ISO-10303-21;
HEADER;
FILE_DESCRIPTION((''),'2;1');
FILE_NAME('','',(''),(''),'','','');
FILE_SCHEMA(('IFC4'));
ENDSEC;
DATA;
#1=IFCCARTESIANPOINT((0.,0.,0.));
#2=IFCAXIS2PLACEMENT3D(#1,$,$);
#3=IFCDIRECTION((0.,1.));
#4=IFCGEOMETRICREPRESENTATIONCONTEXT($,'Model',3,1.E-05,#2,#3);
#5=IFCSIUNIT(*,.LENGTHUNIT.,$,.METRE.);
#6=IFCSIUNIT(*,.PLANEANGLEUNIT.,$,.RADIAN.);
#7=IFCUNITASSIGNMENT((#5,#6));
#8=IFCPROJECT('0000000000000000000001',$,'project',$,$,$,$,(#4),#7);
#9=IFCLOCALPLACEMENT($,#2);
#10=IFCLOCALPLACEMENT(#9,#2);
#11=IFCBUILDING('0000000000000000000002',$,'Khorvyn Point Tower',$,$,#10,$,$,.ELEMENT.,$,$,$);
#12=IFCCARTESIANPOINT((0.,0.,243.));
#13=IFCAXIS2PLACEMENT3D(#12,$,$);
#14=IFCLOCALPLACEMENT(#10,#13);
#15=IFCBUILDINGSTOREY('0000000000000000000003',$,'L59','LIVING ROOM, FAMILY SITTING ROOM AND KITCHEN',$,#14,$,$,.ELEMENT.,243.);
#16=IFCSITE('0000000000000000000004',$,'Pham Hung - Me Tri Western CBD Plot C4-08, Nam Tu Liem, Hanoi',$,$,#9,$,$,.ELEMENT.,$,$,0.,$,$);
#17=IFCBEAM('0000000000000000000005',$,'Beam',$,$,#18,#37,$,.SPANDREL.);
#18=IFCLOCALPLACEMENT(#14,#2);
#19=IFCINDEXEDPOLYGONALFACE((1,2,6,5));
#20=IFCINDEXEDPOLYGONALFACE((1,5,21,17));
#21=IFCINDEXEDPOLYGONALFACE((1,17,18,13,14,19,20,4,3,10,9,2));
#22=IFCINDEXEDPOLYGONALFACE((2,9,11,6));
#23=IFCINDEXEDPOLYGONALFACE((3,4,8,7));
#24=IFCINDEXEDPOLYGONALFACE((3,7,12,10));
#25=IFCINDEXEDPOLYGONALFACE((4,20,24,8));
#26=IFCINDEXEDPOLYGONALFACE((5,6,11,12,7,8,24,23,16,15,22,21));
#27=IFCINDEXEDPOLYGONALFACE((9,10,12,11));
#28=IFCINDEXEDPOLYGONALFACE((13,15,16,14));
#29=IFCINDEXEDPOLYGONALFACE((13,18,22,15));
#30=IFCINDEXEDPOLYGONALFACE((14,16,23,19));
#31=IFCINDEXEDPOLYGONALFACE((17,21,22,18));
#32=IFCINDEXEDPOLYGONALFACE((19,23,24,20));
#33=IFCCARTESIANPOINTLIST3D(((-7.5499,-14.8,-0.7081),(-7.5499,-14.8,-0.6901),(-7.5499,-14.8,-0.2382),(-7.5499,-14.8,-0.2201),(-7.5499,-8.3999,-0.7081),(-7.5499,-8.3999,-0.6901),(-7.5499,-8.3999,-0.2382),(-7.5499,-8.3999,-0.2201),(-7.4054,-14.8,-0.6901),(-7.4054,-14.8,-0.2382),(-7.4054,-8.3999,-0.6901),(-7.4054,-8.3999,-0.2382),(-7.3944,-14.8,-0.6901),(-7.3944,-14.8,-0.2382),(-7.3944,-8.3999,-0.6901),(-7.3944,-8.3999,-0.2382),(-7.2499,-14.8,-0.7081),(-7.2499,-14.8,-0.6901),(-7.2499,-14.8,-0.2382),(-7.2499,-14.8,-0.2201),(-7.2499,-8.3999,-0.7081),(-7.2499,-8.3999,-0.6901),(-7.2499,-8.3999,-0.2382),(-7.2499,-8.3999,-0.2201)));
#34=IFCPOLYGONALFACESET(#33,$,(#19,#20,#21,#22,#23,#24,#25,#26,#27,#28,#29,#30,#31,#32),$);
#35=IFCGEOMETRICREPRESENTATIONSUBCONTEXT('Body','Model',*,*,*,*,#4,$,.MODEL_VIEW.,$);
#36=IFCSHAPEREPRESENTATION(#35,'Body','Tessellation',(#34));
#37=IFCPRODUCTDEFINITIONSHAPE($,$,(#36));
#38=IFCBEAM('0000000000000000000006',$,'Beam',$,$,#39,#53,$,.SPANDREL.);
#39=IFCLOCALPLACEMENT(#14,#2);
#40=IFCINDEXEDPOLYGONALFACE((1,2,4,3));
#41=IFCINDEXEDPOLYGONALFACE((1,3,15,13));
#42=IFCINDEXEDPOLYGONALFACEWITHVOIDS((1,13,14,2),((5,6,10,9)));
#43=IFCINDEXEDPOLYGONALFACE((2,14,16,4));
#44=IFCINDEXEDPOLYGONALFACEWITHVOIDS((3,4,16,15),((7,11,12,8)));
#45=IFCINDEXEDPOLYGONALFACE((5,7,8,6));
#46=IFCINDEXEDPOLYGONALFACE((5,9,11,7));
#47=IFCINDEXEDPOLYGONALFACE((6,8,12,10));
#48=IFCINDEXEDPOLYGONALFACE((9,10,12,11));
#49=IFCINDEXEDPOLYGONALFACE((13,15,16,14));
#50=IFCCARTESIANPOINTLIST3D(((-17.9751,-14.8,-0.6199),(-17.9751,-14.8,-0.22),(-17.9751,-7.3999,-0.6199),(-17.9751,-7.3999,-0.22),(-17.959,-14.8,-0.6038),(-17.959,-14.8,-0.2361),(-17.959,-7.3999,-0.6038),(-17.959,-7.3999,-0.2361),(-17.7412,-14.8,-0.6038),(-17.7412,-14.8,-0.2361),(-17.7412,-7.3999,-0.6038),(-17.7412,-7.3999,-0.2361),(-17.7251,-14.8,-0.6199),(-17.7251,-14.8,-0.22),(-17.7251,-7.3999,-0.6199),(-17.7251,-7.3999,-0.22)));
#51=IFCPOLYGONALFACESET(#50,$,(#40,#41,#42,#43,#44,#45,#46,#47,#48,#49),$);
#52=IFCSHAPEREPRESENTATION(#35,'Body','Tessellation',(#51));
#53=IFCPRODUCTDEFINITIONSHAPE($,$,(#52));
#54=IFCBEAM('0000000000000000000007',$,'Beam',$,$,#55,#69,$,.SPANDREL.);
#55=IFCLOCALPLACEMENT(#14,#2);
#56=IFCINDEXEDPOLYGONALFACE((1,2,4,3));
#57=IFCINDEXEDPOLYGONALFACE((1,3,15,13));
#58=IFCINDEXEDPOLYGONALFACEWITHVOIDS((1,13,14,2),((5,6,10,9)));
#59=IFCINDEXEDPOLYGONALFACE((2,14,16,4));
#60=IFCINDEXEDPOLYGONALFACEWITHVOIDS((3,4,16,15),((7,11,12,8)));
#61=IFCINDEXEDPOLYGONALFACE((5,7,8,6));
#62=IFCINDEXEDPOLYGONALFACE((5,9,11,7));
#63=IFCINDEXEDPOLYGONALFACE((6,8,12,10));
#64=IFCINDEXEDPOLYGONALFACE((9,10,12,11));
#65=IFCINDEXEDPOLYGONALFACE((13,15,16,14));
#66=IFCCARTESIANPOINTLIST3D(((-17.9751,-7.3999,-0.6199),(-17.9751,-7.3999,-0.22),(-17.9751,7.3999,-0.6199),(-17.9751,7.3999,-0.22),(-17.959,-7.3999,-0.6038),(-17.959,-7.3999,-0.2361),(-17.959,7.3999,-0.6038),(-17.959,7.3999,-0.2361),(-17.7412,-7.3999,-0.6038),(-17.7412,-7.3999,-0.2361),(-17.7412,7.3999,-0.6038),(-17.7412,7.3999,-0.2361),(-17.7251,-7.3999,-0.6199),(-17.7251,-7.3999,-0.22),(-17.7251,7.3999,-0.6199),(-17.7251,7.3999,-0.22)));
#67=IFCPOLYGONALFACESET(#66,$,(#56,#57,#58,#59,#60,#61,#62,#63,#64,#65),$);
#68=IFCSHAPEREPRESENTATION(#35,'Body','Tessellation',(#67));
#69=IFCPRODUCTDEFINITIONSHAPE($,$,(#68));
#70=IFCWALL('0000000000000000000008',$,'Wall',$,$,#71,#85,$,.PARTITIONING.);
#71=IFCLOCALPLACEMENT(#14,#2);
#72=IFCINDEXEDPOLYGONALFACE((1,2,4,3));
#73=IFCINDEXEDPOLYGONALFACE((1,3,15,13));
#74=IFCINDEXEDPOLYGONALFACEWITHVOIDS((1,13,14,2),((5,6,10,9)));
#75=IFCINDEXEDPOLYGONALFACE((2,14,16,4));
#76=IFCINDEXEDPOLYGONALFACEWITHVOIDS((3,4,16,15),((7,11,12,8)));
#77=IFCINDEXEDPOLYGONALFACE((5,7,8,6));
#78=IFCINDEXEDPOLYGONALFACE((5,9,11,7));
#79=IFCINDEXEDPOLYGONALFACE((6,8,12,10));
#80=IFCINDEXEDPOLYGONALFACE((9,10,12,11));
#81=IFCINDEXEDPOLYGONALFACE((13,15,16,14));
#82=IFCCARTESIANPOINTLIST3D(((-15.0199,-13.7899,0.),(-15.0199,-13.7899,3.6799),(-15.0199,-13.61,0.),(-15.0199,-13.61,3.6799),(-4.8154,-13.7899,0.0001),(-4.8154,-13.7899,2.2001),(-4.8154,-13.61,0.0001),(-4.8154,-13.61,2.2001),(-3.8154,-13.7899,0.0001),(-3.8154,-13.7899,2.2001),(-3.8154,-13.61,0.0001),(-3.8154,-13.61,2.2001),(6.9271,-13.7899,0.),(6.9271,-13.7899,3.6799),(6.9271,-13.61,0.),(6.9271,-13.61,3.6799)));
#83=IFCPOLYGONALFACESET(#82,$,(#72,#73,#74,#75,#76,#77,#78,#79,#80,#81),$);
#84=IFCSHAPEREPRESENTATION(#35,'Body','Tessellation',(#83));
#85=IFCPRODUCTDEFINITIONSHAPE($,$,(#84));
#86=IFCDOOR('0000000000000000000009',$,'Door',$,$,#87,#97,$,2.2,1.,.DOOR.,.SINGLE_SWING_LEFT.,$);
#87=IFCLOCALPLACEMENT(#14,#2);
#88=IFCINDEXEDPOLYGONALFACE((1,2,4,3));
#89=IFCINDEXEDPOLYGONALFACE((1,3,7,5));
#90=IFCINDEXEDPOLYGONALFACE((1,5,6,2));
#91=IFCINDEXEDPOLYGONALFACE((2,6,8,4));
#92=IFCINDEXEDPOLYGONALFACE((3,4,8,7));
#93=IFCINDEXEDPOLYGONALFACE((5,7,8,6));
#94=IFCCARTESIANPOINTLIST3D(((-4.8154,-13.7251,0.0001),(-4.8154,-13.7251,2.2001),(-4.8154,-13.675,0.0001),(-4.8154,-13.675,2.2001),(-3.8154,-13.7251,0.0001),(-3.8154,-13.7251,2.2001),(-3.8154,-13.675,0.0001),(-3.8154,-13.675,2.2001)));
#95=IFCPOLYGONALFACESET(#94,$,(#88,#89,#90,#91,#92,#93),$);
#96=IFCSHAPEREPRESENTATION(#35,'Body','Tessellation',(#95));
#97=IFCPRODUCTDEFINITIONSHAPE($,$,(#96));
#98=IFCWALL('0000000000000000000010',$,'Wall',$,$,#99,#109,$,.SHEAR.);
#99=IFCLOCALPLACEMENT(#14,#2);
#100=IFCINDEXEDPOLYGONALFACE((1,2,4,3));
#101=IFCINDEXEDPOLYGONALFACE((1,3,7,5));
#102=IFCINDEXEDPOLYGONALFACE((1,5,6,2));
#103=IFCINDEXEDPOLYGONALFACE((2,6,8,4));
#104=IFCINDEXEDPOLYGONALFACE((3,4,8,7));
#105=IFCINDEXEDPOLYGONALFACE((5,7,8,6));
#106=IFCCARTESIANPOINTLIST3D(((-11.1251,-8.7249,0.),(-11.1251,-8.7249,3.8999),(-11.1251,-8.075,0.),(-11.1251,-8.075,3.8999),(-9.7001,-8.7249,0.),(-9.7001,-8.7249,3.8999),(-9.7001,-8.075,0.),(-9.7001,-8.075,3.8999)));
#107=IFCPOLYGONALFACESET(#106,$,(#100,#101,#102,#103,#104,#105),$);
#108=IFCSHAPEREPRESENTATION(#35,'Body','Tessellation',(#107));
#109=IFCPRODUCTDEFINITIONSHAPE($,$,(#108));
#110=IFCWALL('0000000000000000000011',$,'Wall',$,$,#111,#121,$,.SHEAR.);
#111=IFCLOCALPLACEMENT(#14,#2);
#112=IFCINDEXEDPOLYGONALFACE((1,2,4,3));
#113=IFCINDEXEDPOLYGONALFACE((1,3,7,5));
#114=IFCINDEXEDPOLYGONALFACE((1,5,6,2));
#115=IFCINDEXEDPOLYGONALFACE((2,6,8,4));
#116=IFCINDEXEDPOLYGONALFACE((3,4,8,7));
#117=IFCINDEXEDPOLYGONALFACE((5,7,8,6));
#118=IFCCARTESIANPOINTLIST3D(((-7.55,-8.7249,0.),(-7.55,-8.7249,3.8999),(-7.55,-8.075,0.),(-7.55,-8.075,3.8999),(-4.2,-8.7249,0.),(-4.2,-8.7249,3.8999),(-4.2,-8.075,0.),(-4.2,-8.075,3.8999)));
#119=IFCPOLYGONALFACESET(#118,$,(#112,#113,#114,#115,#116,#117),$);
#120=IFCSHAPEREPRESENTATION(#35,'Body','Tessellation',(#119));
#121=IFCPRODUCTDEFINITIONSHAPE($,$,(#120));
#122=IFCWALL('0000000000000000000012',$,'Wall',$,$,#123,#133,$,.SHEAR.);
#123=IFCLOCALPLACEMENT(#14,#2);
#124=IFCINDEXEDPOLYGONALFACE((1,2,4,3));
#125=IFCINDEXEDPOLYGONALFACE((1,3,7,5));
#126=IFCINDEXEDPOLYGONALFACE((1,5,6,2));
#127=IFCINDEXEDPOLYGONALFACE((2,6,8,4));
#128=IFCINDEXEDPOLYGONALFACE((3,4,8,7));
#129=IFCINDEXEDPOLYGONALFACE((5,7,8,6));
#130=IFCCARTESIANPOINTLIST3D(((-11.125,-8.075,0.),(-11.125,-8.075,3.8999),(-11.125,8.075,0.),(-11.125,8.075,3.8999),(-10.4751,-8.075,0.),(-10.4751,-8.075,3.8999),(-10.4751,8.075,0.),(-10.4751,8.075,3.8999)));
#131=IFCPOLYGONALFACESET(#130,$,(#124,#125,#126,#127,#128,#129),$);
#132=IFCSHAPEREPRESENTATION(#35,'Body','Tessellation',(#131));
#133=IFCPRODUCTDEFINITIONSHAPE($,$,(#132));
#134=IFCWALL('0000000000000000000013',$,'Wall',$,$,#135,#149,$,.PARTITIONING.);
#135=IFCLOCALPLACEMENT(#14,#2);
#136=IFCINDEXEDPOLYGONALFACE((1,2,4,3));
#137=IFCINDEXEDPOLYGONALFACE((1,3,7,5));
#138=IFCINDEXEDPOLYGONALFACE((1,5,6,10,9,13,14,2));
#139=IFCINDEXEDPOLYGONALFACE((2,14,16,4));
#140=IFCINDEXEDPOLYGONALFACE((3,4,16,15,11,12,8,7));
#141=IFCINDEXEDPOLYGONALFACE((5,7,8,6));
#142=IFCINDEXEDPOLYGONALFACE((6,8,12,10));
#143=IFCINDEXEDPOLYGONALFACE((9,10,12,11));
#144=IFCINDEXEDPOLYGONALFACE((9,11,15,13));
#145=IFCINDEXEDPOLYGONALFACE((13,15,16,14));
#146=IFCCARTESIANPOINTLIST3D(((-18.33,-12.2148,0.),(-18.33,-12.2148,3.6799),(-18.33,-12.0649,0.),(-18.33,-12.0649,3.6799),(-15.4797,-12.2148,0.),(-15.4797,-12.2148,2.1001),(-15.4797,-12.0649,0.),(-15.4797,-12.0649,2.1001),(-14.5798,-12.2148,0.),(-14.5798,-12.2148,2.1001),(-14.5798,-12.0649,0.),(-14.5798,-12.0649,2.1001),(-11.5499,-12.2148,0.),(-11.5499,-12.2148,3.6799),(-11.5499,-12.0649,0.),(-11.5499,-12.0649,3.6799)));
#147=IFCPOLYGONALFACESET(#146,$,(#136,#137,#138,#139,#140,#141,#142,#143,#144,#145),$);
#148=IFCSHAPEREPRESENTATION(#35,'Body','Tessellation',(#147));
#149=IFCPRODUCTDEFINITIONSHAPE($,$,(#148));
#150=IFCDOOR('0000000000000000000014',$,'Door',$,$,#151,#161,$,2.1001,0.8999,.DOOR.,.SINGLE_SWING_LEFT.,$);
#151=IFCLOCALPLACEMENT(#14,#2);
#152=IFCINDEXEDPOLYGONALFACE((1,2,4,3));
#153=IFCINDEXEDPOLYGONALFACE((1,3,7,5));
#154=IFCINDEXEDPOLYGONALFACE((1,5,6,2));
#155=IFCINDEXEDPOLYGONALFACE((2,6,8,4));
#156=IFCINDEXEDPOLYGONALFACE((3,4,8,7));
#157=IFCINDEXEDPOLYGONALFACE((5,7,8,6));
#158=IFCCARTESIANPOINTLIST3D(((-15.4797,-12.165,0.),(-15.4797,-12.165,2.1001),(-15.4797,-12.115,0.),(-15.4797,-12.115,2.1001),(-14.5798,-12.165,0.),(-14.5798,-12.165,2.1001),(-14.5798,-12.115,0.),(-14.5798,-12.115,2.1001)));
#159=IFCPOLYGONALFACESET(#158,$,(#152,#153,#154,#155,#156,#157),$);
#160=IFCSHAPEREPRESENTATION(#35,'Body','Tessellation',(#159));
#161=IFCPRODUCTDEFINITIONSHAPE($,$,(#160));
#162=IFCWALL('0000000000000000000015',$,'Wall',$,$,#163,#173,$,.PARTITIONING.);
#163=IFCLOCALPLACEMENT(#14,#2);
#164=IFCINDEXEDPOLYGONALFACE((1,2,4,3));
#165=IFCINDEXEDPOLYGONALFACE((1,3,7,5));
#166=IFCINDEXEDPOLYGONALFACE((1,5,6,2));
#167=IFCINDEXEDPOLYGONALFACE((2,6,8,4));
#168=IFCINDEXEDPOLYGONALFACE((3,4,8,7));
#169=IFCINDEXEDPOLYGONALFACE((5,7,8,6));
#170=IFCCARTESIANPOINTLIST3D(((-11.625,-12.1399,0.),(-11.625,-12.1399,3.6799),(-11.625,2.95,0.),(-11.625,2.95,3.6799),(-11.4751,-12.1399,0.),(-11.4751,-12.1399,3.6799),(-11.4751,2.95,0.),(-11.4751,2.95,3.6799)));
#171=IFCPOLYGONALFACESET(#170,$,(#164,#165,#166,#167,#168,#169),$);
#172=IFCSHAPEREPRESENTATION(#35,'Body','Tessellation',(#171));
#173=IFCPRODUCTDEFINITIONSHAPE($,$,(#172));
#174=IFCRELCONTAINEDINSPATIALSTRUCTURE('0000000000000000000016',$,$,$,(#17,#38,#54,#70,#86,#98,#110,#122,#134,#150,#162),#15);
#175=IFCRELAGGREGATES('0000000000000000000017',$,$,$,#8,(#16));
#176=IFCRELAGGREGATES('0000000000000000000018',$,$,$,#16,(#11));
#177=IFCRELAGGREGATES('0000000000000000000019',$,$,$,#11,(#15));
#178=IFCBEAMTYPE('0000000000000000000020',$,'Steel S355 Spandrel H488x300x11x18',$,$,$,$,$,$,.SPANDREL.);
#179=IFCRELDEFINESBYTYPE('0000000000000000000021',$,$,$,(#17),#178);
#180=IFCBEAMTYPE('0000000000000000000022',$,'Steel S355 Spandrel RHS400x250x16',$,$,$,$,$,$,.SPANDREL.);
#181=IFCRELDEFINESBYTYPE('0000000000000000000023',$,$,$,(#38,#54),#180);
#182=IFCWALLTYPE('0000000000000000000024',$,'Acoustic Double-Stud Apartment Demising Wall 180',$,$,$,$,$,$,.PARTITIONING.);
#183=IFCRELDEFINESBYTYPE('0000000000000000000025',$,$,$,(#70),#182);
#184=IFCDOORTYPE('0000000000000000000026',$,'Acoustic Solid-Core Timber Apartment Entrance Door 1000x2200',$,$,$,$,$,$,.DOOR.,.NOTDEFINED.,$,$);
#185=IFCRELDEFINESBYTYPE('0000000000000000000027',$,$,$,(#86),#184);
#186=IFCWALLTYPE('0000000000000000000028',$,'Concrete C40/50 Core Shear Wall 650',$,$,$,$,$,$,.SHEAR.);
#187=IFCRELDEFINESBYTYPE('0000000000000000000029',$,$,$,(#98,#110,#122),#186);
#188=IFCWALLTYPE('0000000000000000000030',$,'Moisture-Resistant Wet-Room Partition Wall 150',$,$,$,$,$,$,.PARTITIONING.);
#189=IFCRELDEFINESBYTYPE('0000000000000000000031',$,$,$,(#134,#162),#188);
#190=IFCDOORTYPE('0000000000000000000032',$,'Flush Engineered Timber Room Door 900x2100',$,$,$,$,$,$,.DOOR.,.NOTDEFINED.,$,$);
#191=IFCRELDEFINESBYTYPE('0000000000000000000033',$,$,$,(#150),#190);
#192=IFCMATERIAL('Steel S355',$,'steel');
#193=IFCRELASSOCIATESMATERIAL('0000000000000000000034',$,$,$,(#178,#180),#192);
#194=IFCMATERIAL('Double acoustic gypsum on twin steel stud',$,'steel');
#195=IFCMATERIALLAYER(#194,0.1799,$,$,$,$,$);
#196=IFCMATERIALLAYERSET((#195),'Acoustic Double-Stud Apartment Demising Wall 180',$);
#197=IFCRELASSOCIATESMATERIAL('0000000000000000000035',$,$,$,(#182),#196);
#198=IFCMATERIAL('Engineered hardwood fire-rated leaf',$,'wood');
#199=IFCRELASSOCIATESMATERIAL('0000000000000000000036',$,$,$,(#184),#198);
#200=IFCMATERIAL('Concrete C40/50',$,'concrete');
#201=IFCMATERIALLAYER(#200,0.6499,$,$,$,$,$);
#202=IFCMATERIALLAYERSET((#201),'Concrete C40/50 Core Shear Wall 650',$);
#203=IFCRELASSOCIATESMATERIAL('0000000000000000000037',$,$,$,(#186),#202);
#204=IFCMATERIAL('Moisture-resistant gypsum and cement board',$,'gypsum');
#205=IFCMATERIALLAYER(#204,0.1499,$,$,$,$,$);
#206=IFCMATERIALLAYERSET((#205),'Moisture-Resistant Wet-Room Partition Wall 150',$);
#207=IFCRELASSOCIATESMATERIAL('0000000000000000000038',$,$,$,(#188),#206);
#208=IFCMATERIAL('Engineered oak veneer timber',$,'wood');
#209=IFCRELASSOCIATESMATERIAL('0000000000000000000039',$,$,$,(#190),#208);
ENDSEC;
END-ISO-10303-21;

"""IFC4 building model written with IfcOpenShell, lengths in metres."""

from ifc_helpers import new_model, si_unit, direction, frame, frame_2d, origin, origin_2d, place, context, subcontext, project, spatial, rectangle, hollow_rectangle, i_section, extrude, material, layer, layer_set, material_profile, profile_set, type_object, element, fill, save


model = new_model("IFC4")

# Units and contexts
model_context = context("Model", 3, precision=1e-05, world=origin(), true_north=direction((0.0, 1.0)))
body_context = subcontext(model_context, "Body", "Model", "MODEL_VIEW")
ifc_project = project(units=[si_unit("LENGTHUNIT", "METRE"), si_unit("PLANEANGLEUNIT", "RADIAN")], contexts=[model_context])

# Site, building, storey
site_placement = place(None, origin())
site = spatial("IfcSite", under=ifc_project, at=site_placement, Name="Pham Hung - Me Tri Western CBD Plot C4-08, Nam Tu Liem, Hanoi", CompositionType="ELEMENT", RefElevation=0.0)
building_placement = place(site_placement, origin())
building = spatial("IfcBuilding", under=site, at=building_placement, Name="Khorvyn Point Tower", CompositionType="ELEMENT")
storey_placement = place(building_placement, frame((0.0, 0.0, 243.0)))
storey = spatial("IfcBuildingStorey", under=building, at=storey_placement, Name="L59", Description="LIVING ROOM, FAMILY SITTING ROOM AND KITCHEN", CompositionType="ELEMENT", Elevation=243.0)

# Shared definitions
ifc_material_1 = material(Name="Concrete C40/50", Category="concrete")

# Beams
ifc_material_2 = material(Name="Steel S355", Category="steel")
ifc_material_profile_1 = material_profile(ifc_material_2, i_section(OverallWidth=0.3, OverallDepth=0.488, WebThickness=0.011, FlangeThickness=0.0181, at=origin_2d()))
ifc_profile_set_1 = profile_set([ifc_material_profile_1], Name="Steel S355 H488x300x11x18")
beam_type_1 = type_object("IfcBeamType", Name="Steel S355 Spandrel H488x300x11x18", PredefinedType="SPANDREL", material=ifc_profile_set_1)
beam_1_placement = place(storey_placement, frame((-7.3999, -14.8, -0.4641), z_axis=(0.0, 1.0, 0.0), x_axis=(-1.0, 0.0, 0.0)))
element("IfcBeam", 1, at=beam_1_placement, inside=storey, type_object=beam_type_1, Name="Beam", PredefinedType="SPANDREL", context=body_context, shape_type="SweptSolid", body=[
    extrude(i_section(OverallWidth=0.3, OverallDepth=0.488, WebThickness=0.011, FlangeThickness=0.0181, at=origin_2d()), origin(), (0.0, 0.0, 1.0), 6.4001),
])
ifc_material_profile_2 = material_profile(ifc_material_2, hollow_rectangle(XDim=0.25, YDim=0.3999, WallThickness=0.0161, at=origin_2d()))
ifc_profile_set_2 = profile_set([ifc_material_profile_2], Name="Steel S355 RHS400x250x16")
beam_type_2 = type_object("IfcBeamType", Name="Steel S355 Spandrel RHS400x250x16", PredefinedType="SPANDREL", material=ifc_profile_set_2)
beam_2_placement = place(storey_placement, frame((-17.8501, -14.8, -0.4199), z_axis=(0.0, 1.0, 0.0), x_axis=(-1.0, 0.0, 0.0)))
element("IfcBeam", 2, at=beam_2_placement, inside=storey, type_object=beam_type_2, Name="Beam", PredefinedType="SPANDREL", context=body_context, shape_type="SweptSolid", body=[
    extrude(hollow_rectangle(XDim=0.25, YDim=0.3999, WallThickness=0.0161, at=origin_2d()), origin(), (0.0, 0.0, 1.0), 7.4001),
])
beam_3_placement = place(storey_placement, frame((-17.8501, -7.3999, -0.4199), z_axis=(0.0, 1.0, 0.0), x_axis=(-1.0, 0.0, 0.0)))
element("IfcBeam", 3, at=beam_3_placement, inside=storey, type_object=beam_type_2, Name="Beam", PredefinedType="SPANDREL", context=body_context, shape_type="SweptSolid", body=[
    extrude(hollow_rectangle(XDim=0.25, YDim=0.3999, WallThickness=0.0161, at=origin_2d()), origin(), (0.0, 0.0, 1.0), 14.7998),
])

# Wall, opening, door
ifc_material_3 = material(Name="Double acoustic gypsum on twin steel stud", Category="steel")
ifc_layer_1 = layer(ifc_material_3, 0.1799)
ifc_layer_set_1 = layer_set([ifc_layer_1], Name="Acoustic Double-Stud Apartment Demising Wall 180")
wall_type_1 = type_object("IfcWallType", Name="Acoustic Double-Stud Apartment Demising Wall 180", PredefinedType="PARTITIONING", material=ifc_layer_set_1)
wall_1_placement = place(storey_placement, frame((-15.02, -13.7, 0.0), z_axis=(0.0, 0.0, 1.0), x_axis=(1.0, 0.0, 0.0)))
wall_1 = element("IfcWall", 4, at=wall_1_placement, inside=storey, type_object=wall_type_1, Name="Wall", PredefinedType="PARTITIONING", context=body_context, shape_type="SweptSolid", body=[
    extrude(rectangle(XDim=21.947, YDim=0.1799, at=frame_2d((10.9736, 0.0))), origin(), (0.0, 0.0, 1.0), 3.6799),
])
opening_1_placement = place(wall_1_placement, frame((10.2046, 0.0, 0.0)))
opening_1 = element("IfcOpeningElement", 5, at=opening_1_placement, cuts=wall_1, PredefinedType="OPENING", context=body_context, shape_type="SweptSolid", body=[
    extrude(rectangle(XDim=1.0, YDim=2.2, at=frame_2d((0.5, 1.1001))), frame((0.0, 0.0999, 0.0), z_axis=(0.0, -1.0, 0.0), x_axis=(1.0, 0.0, 0.0)), (0.0, 0.0, 1.0), 0.2),
])
ifc_material_4 = material(Name="Engineered hardwood fire-rated leaf", Category="wood")
door_type_1 = type_object("IfcDoorType", Name="Acoustic Solid-Core Timber Apartment Entrance Door 1000x2200", OperationType="NOTDEFINED", PredefinedType="DOOR", material=ifc_material_4)
door_1_placement = place(opening_1_placement, origin())
door_1 = element("IfcDoor", 6, at=door_1_placement, inside=storey, type_object=door_type_1, Name="Door", OperationType="SINGLE_SWING_LEFT", OverallHeight=2.2, OverallWidth=1.0, PredefinedType="DOOR", context=body_context, shape_type="SweptSolid", body=[
    extrude(rectangle(XDim=1.0, YDim=2.2, at=frame_2d((0.5, 1.1001))), frame((0.0, 0.0249, 0.0), z_axis=(0.0, -1.0, 0.0), x_axis=(1.0, 0.0, 0.0)), (0.0, 0.0, 1.0), 0.05),
])
fill(opening_1, door_1)

# Walls
ifc_layer_2 = layer(ifc_material_1, 0.6499)
ifc_layer_set_2 = layer_set([ifc_layer_2], Name="Concrete C40/50 Core Shear Wall 650")
wall_type_2 = type_object("IfcWallType", Name="Concrete C40/50 Core Shear Wall 650", PredefinedType="SHEAR", material=ifc_layer_set_2)
wall_2_placement = place(storey_placement, frame((-11.125, -8.3999, 0.0), z_axis=(0.0, 0.0, 1.0), x_axis=(1.0, 0.0, 0.0)))
element("IfcWall", 7, at=wall_2_placement, inside=storey, type_object=wall_type_2, Name="Wall", PredefinedType="SHEAR", context=body_context, shape_type="SweptSolid", body=[
    extrude(rectangle(XDim=1.425, YDim=0.6499, at=frame_2d((0.7124, 0.0))), origin(), (0.0, 0.0, 1.0), 3.8999),
])
wall_3_placement = place(storey_placement, frame((-7.55, -8.3999, 0.0), z_axis=(0.0, 0.0, 1.0), x_axis=(1.0, 0.0, 0.0)))
element("IfcWall", 8, at=wall_3_placement, inside=storey, type_object=wall_type_2, Name="Wall", PredefinedType="SHEAR", context=body_context, shape_type="SweptSolid", body=[
    extrude(rectangle(XDim=3.3501, YDim=0.6499, at=frame_2d((1.675, 0.0))), origin(), (0.0, 0.0, 1.0), 3.8999),
])
wall_4_placement = place(storey_placement, frame((-10.8, -8.075, 0.0), z_axis=(0.0, 0.0, 1.0), x_axis=(0.0, 1.0, 0.0)))
element("IfcWall", 9, at=wall_4_placement, inside=storey, type_object=wall_type_2, Name="Wall", PredefinedType="SHEAR", context=body_context, shape_type="SweptSolid", body=[
    extrude(rectangle(XDim=16.1499, YDim=0.6499, at=frame_2d((8.075, 0.0))), origin(), (0.0, 0.0, 1.0), 3.8999),
])

# Wall, opening, door
ifc_material_5 = material(Name="Moisture-resistant gypsum and cement board", Category="gypsum")
ifc_layer_3 = layer(ifc_material_5, 0.1499)
ifc_layer_set_3 = layer_set([ifc_layer_3], Name="Moisture-Resistant Wet-Room Partition Wall 150")
wall_type_3 = type_object("IfcWallType", Name="Moisture-Resistant Wet-Room Partition Wall 150", PredefinedType="PARTITIONING", material=ifc_layer_set_3)
wall_5_placement = place(storey_placement, frame((-18.3301, -12.1399, 0.0), z_axis=(0.0, 0.0, 1.0), x_axis=(1.0, 0.0, 0.0)))
wall_5 = element("IfcWall", 10, at=wall_5_placement, inside=storey, type_object=wall_type_3, Name="Wall", PredefinedType="PARTITIONING", context=body_context, shape_type="SweptSolid", body=[
    extrude(rectangle(XDim=6.78, YDim=0.1499, at=frame_2d((3.3901, 0.0))), origin(), (0.0, 0.0, 1.0), 3.6799),
])
opening_2_placement = place(wall_5_placement, frame((2.8503, 0.0, 0.0)))
opening_2 = element("IfcOpeningElement", 11, at=opening_2_placement, cuts=wall_5, PredefinedType="OPENING", context=body_context, shape_type="SweptSolid", body=[
    extrude(rectangle(XDim=0.8999, YDim=2.1001, at=frame_2d((0.45, 1.05))), frame((0.0, 0.085, 0.0), z_axis=(0.0, -1.0, 0.0), x_axis=(1.0, 0.0, 0.0)), (0.0, 0.0, 1.0), 0.1699),
])
ifc_material_6 = material(Name="Engineered oak veneer timber", Category="wood")
door_type_2 = type_object("IfcDoorType", Name="Flush Engineered Timber Room Door 900x2100", OperationType="NOTDEFINED", PredefinedType="DOOR", material=ifc_material_6)
door_2_placement = place(opening_2_placement, origin())
door_2 = element("IfcDoor", 12, at=door_2_placement, inside=storey, type_object=door_type_2, Name="Door", OperationType="SINGLE_SWING_LEFT", OverallHeight=2.1001, OverallWidth=0.8999, PredefinedType="DOOR", context=body_context, shape_type="SweptSolid", body=[
    extrude(rectangle(XDim=0.8999, YDim=2.1001, at=frame_2d((0.45, 1.05))), frame((0.0, 0.0249, 0.0), z_axis=(0.0, -1.0, 0.0), x_axis=(1.0, 0.0, 0.0)), (0.0, 0.0, 1.0), 0.05),
])
fill(opening_2, door_2)

# Wall
wall_6_placement = place(storey_placement, frame((-11.55, -12.1399, 0.0), z_axis=(0.0, 0.0, 1.0), x_axis=(0.0, 1.0, 0.0)))
element("IfcWall", 13, at=wall_6_placement, inside=storey, type_object=wall_type_3, Name="Wall", PredefinedType="PARTITIONING", context=body_context, shape_type="SweptSolid", body=[
    extrude(rectangle(XDim=15.0898, YDim=0.1499, at=frame_2d((7.5449, 0.0))), origin(), (0.0, 0.0, 1.0), 3.6799),
])

save(model, "model.ifc")
